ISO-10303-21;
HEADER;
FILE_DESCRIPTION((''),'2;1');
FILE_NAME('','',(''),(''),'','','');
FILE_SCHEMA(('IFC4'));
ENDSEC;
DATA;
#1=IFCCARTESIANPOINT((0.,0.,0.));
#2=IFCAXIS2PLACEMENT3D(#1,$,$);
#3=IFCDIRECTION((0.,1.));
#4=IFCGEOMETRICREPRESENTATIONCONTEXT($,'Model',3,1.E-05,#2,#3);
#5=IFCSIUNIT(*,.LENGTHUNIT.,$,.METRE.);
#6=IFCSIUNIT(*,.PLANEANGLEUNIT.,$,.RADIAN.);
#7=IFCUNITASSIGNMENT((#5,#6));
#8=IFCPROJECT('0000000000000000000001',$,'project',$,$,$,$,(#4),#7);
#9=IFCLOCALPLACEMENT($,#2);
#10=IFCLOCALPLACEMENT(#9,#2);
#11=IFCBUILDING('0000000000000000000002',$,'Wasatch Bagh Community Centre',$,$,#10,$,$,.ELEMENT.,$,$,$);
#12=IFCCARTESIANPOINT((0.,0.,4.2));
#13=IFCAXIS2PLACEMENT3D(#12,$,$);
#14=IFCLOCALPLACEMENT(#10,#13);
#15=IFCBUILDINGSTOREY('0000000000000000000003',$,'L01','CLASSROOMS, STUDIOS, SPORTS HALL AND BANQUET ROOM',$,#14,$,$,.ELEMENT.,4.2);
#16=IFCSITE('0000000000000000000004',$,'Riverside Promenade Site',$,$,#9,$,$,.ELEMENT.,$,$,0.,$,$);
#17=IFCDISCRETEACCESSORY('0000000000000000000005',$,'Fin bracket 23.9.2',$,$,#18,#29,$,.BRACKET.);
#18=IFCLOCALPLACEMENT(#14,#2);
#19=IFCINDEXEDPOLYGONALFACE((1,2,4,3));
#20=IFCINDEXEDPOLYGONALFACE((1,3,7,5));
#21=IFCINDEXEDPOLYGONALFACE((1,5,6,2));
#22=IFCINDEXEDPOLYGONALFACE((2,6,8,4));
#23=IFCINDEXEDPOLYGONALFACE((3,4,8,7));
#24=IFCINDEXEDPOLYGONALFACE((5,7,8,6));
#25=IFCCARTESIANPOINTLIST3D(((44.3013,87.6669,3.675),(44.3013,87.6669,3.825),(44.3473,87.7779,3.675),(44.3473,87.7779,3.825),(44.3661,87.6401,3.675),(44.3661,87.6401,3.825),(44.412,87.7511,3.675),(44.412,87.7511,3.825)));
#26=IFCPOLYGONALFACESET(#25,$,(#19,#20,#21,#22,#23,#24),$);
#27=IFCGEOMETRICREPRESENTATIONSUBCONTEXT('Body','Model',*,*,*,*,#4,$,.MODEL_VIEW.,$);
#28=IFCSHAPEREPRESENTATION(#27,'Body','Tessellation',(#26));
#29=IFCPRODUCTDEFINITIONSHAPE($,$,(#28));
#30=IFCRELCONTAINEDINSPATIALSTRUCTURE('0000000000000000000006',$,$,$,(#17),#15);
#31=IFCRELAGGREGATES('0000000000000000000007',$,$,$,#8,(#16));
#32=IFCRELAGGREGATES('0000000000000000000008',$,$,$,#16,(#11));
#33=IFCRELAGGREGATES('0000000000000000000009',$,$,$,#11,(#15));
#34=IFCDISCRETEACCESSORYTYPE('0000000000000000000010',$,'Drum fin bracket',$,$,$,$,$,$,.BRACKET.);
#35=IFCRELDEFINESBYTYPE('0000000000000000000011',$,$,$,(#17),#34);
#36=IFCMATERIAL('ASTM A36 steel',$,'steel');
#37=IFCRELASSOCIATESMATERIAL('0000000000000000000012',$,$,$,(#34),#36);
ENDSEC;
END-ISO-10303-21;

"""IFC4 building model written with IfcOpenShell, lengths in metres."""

from ifc_helpers import new_model, si_unit, direction, frame, origin, origin_2d, place, context, subcontext, project, spatial, rectangle, extrude, material, type_object, element, save


model = new_model("IFC4")

# Units and contexts
model_context = context("Model", 3, precision=1e-05, world=origin(), true_north=direction((0.0, 1.0)))
body_context = subcontext(model_context, "Body", "Model", "MODEL_VIEW")
ifc_project = project(units=[si_unit("LENGTHUNIT", "METRE"), si_unit("PLANEANGLEUNIT", "RADIAN")], contexts=[model_context])

# Site, building, storey
site_placement = place(None, origin())
site = spatial("IfcSite", under=ifc_project, at=site_placement, Name="Riverside Promenade Site", CompositionType="ELEMENT", RefElevation=0.0)
building_placement = place(site_placement, origin())
building = spatial("IfcBuilding", under=site, at=building_placement, Name="Wasatch Bagh Community Centre", CompositionType="ELEMENT")
storey_placement = place(building_placement, frame((0.0, 0.0, 4.2)))
storey = spatial("IfcBuildingStorey", under=building, at=storey_placement, Name="L01", Description="CLASSROOMS, STUDIOS, SPORTS HALL AND BANQUET ROOM", CompositionType="ELEMENT", Elevation=4.2)

# Discrete accessory
ifc_material_1 = material(Name="ASTM A36 steel", Category="steel")
discrete_accessory_type = type_object("IfcDiscreteAccessoryType", Name="Drum fin bracket", PredefinedType="BRACKET", material=ifc_material_1)
for number, where, z_axis, x_axis, name in (
    (1, (44.3567, 87.709, 3.675), (0.0, 0.0, 1.0), (-0.92388, 0.382683, 0.0), "Fin bracket 23.9.2"),
):
    element("IfcDiscreteAccessory", number, at=place(storey_placement, frame(where, z_axis=z_axis, x_axis=x_axis)), inside=storey, type_object=discrete_accessory_type, Name=name, PredefinedType="BRACKET", context=body_context, shape_type="SweptSolid", body=[
        extrude(rectangle(XDim=0.0701, YDim=0.1201, at=origin_2d()), origin(), (0.0, 0.0, 1.0), 0.1499),
    ])

save(model, "model.ifc")
